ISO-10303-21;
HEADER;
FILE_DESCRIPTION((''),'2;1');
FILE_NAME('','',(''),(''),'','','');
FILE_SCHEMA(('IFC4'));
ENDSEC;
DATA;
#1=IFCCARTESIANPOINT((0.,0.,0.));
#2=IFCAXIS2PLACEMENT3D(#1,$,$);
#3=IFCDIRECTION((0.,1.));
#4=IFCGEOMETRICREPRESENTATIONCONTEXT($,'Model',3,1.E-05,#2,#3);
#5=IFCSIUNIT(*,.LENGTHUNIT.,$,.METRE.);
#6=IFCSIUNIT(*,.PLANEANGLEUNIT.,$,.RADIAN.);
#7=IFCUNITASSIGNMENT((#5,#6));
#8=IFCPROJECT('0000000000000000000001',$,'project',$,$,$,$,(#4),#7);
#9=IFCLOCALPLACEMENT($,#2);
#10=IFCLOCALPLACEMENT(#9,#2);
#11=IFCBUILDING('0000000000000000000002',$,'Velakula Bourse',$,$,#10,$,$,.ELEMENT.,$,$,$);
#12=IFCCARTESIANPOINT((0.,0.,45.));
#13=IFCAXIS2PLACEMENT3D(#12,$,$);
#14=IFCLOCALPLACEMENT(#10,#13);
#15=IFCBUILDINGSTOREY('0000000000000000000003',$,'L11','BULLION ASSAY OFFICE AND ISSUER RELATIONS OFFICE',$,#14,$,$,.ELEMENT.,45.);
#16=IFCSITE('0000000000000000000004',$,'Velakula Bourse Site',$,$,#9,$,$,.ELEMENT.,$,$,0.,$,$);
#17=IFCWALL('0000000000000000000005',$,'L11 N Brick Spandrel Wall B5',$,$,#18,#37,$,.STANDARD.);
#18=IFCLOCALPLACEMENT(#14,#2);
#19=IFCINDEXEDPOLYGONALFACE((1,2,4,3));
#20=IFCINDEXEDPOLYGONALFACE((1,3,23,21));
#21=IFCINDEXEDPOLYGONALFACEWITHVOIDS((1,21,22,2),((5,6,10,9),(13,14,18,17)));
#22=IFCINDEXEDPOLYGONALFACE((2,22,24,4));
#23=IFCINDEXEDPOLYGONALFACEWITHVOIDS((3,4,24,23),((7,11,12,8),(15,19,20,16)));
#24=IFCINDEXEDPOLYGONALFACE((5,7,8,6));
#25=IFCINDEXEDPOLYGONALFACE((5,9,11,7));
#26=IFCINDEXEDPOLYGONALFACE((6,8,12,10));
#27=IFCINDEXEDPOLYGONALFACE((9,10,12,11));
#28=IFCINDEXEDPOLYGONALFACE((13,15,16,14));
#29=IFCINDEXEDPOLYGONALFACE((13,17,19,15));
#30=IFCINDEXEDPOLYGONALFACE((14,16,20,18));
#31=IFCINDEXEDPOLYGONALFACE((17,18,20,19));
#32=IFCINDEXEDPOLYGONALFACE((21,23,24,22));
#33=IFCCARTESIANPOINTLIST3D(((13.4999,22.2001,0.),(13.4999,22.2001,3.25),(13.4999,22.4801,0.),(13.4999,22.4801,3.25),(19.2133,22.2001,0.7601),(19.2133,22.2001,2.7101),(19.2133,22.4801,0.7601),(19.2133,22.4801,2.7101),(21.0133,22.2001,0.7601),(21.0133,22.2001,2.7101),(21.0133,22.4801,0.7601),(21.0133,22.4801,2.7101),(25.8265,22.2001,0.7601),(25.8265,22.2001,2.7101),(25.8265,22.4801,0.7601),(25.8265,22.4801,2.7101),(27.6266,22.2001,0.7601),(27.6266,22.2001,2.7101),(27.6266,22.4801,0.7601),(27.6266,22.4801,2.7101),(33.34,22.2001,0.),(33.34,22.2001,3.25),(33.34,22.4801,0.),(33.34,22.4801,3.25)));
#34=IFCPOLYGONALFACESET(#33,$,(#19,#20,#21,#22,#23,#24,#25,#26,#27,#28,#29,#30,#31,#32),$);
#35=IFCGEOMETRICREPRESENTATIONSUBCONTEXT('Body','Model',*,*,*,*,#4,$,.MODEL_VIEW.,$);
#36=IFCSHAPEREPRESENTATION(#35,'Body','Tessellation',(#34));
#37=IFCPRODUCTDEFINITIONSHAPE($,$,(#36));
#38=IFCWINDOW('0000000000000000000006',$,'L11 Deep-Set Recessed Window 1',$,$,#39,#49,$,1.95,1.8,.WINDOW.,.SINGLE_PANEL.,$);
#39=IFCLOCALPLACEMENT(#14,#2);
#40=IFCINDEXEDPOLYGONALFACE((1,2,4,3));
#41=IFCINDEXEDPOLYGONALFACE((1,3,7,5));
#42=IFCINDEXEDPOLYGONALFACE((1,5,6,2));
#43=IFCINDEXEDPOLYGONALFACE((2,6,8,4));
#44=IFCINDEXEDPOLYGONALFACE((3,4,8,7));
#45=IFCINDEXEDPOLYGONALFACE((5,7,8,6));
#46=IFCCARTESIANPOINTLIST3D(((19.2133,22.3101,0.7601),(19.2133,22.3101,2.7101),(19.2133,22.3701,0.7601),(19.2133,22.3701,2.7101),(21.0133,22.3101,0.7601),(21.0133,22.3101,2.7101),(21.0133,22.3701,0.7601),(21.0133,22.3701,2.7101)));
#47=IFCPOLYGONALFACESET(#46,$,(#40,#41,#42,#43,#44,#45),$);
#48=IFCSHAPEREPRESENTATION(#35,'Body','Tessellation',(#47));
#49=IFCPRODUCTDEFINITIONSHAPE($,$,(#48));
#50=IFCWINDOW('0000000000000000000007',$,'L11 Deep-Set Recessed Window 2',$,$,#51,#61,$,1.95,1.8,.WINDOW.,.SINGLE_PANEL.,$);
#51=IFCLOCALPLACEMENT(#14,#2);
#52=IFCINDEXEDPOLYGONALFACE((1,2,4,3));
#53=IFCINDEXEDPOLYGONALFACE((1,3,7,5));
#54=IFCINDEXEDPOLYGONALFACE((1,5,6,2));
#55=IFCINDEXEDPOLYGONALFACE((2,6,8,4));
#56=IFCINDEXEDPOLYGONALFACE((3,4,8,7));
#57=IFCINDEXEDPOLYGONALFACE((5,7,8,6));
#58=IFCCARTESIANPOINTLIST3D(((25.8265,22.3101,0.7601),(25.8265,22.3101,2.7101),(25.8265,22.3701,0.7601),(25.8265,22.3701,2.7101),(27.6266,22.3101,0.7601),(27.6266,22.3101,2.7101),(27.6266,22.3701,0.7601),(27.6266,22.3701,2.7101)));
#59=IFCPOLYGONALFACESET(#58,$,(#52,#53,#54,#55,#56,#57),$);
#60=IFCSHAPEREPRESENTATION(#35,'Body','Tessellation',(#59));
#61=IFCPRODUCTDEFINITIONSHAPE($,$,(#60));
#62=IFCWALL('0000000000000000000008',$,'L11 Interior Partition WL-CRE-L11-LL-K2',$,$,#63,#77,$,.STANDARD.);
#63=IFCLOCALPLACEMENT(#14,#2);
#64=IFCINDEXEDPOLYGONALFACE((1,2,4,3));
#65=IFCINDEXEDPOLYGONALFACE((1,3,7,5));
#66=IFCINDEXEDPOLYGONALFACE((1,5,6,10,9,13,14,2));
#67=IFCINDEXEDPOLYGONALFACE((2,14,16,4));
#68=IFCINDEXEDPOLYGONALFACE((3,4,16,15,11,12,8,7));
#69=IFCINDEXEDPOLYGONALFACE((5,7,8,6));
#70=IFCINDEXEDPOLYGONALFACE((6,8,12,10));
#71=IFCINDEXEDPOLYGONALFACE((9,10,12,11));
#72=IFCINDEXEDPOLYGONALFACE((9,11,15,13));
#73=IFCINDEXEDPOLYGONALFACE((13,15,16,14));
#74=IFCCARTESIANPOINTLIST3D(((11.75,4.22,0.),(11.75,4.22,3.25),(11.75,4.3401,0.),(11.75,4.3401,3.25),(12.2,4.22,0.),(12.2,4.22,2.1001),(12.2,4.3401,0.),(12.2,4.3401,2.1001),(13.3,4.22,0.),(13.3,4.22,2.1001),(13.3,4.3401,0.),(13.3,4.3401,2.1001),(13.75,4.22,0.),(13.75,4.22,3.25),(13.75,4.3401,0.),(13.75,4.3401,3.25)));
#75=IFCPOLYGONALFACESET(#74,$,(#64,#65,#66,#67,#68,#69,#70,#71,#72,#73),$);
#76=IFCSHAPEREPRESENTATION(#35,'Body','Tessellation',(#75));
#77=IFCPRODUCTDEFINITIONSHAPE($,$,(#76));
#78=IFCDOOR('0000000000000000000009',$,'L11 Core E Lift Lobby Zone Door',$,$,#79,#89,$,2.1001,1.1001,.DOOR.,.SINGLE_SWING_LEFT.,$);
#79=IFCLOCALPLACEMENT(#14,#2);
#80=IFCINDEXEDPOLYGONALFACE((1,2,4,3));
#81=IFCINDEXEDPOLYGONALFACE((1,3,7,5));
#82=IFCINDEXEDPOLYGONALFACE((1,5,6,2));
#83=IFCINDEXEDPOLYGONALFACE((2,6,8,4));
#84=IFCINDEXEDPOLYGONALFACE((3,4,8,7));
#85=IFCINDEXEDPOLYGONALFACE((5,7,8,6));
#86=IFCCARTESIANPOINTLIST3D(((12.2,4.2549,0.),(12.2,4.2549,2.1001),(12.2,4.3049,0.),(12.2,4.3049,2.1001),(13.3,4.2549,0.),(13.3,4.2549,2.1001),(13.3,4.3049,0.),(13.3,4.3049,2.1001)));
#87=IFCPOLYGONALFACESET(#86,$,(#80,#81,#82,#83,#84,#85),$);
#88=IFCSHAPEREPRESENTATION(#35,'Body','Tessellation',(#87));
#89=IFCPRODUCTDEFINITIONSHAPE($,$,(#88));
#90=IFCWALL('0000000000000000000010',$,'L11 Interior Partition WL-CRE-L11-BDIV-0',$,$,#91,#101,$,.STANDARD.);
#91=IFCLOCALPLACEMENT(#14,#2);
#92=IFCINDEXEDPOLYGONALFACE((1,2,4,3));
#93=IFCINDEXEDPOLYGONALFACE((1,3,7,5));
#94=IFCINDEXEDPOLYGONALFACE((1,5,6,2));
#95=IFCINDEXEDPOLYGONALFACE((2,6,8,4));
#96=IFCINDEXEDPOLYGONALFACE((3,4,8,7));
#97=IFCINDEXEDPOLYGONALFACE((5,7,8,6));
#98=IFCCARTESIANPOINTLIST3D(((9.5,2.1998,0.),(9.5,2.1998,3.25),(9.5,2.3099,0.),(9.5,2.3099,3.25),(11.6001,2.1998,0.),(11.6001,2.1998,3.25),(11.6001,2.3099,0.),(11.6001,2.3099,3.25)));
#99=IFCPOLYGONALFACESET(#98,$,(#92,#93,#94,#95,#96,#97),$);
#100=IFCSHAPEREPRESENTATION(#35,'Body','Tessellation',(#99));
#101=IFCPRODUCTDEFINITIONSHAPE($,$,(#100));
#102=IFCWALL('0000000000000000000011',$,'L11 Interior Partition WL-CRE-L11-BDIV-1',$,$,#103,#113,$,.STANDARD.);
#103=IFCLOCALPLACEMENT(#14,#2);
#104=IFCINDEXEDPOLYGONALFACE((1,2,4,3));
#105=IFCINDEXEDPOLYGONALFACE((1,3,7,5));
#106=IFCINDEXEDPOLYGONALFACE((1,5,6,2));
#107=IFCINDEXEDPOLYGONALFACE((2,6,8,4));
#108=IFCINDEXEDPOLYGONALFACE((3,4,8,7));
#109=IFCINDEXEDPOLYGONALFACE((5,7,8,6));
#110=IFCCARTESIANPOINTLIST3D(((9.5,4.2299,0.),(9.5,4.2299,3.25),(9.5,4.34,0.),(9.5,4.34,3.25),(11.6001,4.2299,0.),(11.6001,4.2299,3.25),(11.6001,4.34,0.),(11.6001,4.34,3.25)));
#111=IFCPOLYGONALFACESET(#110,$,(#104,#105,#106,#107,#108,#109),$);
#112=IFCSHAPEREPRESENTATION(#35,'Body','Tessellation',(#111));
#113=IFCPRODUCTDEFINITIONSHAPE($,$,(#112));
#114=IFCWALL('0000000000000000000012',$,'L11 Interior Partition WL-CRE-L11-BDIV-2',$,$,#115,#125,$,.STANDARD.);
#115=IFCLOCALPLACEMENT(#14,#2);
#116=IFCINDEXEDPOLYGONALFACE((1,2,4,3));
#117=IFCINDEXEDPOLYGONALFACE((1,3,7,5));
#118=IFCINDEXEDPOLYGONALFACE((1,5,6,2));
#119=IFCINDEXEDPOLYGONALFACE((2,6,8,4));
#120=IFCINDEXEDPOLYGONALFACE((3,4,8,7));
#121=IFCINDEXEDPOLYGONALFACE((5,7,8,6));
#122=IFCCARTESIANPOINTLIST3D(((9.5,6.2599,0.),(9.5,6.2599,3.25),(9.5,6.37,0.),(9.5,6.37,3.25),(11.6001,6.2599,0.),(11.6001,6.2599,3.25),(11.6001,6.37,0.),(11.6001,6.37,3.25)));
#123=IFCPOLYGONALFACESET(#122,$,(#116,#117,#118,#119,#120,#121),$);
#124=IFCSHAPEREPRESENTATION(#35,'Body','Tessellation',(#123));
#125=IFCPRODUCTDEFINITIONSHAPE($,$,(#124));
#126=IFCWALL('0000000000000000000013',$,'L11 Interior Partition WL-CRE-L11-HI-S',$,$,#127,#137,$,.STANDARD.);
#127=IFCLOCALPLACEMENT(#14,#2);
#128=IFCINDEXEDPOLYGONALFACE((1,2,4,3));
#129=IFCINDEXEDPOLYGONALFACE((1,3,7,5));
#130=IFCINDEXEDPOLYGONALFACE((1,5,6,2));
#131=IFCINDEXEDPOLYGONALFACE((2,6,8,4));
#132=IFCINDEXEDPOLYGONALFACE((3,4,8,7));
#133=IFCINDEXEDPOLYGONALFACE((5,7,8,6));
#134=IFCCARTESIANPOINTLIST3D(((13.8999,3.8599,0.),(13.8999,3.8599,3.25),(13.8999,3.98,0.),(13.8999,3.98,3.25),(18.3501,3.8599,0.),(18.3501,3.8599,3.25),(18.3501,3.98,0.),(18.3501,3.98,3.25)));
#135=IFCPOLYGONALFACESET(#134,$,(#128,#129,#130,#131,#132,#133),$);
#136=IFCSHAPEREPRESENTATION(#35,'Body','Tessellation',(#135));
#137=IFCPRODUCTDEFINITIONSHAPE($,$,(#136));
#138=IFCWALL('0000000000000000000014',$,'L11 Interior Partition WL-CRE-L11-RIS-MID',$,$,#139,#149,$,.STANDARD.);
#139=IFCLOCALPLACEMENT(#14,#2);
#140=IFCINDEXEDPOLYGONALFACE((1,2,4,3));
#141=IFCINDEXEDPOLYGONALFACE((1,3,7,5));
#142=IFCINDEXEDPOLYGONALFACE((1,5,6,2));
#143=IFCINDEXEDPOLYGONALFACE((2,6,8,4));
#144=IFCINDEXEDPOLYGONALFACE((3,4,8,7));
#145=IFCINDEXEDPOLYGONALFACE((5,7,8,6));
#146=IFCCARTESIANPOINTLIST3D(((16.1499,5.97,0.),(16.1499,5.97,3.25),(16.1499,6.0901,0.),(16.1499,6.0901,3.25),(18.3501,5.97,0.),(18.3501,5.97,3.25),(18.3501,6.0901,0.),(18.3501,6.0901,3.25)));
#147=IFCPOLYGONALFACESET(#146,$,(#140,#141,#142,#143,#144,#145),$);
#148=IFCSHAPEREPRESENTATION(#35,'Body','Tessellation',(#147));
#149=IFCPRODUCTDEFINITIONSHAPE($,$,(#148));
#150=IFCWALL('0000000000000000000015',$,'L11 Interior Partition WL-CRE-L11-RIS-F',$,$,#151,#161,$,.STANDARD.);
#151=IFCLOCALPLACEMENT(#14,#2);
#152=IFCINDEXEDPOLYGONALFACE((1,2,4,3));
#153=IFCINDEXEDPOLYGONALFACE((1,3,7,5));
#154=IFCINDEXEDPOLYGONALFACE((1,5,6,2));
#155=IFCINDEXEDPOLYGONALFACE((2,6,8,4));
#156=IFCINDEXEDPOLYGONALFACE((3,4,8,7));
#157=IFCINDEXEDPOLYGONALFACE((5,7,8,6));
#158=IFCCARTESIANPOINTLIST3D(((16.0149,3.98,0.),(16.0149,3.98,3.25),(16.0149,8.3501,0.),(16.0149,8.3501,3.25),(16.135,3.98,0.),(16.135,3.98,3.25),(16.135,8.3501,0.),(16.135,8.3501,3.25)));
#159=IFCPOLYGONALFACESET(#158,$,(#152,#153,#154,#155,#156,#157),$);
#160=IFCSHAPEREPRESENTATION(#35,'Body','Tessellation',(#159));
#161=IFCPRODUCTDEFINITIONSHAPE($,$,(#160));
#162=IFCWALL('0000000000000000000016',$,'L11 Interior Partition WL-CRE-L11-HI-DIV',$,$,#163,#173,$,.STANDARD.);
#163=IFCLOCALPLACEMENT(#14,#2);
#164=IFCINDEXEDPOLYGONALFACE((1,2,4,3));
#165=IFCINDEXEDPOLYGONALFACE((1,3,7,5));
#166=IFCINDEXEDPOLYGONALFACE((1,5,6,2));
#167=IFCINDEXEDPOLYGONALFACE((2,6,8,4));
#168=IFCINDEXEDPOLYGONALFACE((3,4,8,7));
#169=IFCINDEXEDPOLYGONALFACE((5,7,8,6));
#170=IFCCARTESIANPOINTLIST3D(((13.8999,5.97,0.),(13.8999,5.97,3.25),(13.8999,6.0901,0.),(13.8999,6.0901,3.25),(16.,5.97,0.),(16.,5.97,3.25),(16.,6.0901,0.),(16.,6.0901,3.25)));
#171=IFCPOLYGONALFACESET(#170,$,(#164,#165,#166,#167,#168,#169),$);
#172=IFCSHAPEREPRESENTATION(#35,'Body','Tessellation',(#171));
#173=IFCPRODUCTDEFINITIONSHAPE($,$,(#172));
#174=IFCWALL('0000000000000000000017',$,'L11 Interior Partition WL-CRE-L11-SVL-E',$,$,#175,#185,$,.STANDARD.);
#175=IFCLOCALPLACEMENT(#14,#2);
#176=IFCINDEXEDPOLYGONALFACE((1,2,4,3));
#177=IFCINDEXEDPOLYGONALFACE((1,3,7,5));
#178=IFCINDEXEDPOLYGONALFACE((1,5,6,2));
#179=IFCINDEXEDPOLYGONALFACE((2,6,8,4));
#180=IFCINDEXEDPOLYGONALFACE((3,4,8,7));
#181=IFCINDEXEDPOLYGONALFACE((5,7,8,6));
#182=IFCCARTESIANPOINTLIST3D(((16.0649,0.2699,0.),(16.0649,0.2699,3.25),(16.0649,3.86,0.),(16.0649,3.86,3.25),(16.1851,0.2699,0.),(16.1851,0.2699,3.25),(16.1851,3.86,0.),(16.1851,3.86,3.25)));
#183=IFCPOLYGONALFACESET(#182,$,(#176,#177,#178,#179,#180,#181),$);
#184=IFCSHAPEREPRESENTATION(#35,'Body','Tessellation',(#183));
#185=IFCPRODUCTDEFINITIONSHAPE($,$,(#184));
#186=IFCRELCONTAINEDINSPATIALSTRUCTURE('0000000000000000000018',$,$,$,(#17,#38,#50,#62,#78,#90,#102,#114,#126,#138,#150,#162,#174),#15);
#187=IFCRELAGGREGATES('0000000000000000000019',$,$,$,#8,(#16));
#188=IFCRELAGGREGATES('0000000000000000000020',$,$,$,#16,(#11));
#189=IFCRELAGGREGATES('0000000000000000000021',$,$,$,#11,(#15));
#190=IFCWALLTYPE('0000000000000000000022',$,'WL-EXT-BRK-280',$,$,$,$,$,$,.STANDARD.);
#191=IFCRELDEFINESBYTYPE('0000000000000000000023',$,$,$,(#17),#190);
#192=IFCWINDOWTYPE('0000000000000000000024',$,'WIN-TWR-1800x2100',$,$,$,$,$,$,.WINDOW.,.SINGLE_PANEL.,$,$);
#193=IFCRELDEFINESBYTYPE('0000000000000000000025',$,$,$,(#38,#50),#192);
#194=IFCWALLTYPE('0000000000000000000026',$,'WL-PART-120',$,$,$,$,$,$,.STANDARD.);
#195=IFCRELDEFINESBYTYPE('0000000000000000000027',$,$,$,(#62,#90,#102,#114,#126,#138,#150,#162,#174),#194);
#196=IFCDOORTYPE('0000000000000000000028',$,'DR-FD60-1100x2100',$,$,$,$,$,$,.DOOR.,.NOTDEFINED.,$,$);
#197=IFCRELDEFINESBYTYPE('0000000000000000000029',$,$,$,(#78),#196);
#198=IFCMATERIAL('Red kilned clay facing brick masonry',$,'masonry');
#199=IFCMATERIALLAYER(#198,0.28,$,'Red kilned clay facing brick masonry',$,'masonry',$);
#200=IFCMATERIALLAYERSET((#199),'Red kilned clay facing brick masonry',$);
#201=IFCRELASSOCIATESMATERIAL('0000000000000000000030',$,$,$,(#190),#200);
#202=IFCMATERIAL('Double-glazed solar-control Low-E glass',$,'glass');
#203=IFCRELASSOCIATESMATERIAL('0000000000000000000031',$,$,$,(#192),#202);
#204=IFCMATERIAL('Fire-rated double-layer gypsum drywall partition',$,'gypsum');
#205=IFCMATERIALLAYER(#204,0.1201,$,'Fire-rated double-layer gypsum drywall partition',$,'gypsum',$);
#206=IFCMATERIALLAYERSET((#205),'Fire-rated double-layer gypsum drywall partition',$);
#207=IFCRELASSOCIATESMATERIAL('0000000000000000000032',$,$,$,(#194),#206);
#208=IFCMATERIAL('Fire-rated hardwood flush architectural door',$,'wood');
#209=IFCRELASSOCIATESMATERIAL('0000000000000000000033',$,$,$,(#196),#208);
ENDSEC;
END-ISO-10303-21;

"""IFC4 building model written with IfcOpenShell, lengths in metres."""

from ifc_helpers import new_model, si_unit, direction, frame, frame_2d, origin, place, context, subcontext, project, spatial, rectangle, extrude, material, layer, layer_set, type_object, element, fill, save


model = new_model("IFC4")

# Units and contexts
model_context = context("Model", 3, precision=1e-05, world=origin(), true_north=direction((0.0, 1.0)))
body_context = subcontext(model_context, "Body", "Model", "MODEL_VIEW")
ifc_project = project(units=[si_unit("LENGTHUNIT", "METRE"), si_unit("PLANEANGLEUNIT", "RADIAN")], contexts=[model_context])

# Site, building, storey
site_placement = place(None, origin())
site = spatial("IfcSite", under=ifc_project, at=site_placement, Name="Velakula Bourse Site", CompositionType="ELEMENT", RefElevation=0.0)
building_placement = place(site_placement, origin())
building = spatial("IfcBuilding", under=site, at=building_placement, Name="Velakula Bourse", CompositionType="ELEMENT")
storey_placement = place(building_placement, frame((0.0, 0.0, 45.0)))
storey = spatial("IfcBuildingStorey", under=building, at=storey_placement, Name="L11", Description="BULLION ASSAY OFFICE AND ISSUER RELATIONS OFFICE", CompositionType="ELEMENT", Elevation=45.0)

# Wall, openings, windows
ifc_material_1 = material(Name="Red kilned clay facing brick masonry", Category="masonry")
ifc_layer_1 = layer(ifc_material_1, 0.28, Name="Red kilned clay facing brick masonry", Category="masonry")
ifc_layer_set_1 = layer_set([ifc_layer_1], Name="Red kilned clay facing brick masonry")
wall_type_1 = type_object("IfcWallType", Name="WL-EXT-BRK-280", PredefinedType="STANDARD", material=ifc_layer_set_1)
wall_1_placement = place(storey_placement, frame((13.5, 22.3401, 0.0), z_axis=(0.0, 0.0, 1.0), x_axis=(1.0, 0.0, 0.0)))
wall_1 = element("IfcWall", 1, at=wall_1_placement, inside=storey, type_object=wall_type_1, Name="L11 N Brick Spandrel Wall B5", PredefinedType="STANDARD", context=body_context, shape_type="SweptSolid", body=[
    extrude(rectangle(XDim=19.8401, YDim=0.28, at=frame_2d((9.9199, 0.0))), origin(), (0.0, 0.0, 1.0), 3.25),
])
opening_1_placement = place(wall_1_placement, frame((5.7134, 0.0, 0.76)))
opening_1 = element("IfcOpeningElement", 2, at=opening_1_placement, cuts=wall_1, PredefinedType="OPENING", context=body_context, shape_type="SweptSolid", body=[
    extrude(rectangle(XDim=1.8, YDim=1.95, at=frame_2d((0.8999, 0.9751))), frame((0.0, 0.1499, 0.0), z_axis=(0.0, -1.0, 0.0), x_axis=(1.0, 0.0, 0.0)), (0.0, 0.0, 1.0), 0.3),
])
opening_2_placement = place(wall_1_placement, frame((12.3267, 0.0, 0.76)))
opening_2 = element("IfcOpeningElement", 3, at=opening_2_placement, cuts=wall_1, PredefinedType="OPENING", context=body_context, shape_type="SweptSolid", body=[
    extrude(rectangle(XDim=1.8, YDim=1.95, at=frame_2d((0.8999, 0.9751))), frame((0.0, 0.1499, 0.0), z_axis=(0.0, -1.0, 0.0), x_axis=(1.0, 0.0, 0.0)), (0.0, 0.0, 1.0), 0.3),
])
ifc_material_2 = material(Name="Double-glazed solar-control Low-E glass", Category="glass")
window_type = type_object("IfcWindowType", Name="WIN-TWR-1800x2100", PartitioningType="SINGLE_PANEL", PredefinedType="WINDOW", material=ifc_material_2)
window_1_placement = place(opening_1_placement, origin())
window_1 = element("IfcWindow", 4, at=window_1_placement, inside=storey, type_object=window_type, Name="L11 Deep-Set Recessed Window 1", OverallHeight=1.95, OverallWidth=1.8, PartitioningType="SINGLE_PANEL", PredefinedType="WINDOW", context=body_context, shape_type="SweptSolid", body=[
    extrude(rectangle(XDim=1.8, YDim=1.95, at=frame_2d((0.8999, 0.9751))), frame((0.0, 0.03, 0.0), z_axis=(0.0, -1.0, 0.0), x_axis=(1.0, 0.0, 0.0)), (0.0, 0.0, 1.0), 0.0601),
])
fill(opening_1, window_1)
window_2_placement = place(opening_2_placement, origin())
window_2 = element("IfcWindow", 5, at=window_2_placement, inside=storey, type_object=window_type, Name="L11 Deep-Set Recessed Window 2", OverallHeight=1.95, OverallWidth=1.8, PartitioningType="SINGLE_PANEL", PredefinedType="WINDOW", context=body_context, shape_type="SweptSolid", body=[
    extrude(rectangle(XDim=1.8, YDim=1.95, at=frame_2d((0.8999, 0.9751))), frame((0.0, 0.03, 0.0), z_axis=(0.0, -1.0, 0.0), x_axis=(1.0, 0.0, 0.0)), (0.0, 0.0, 1.0), 0.0601),
])
fill(opening_2, window_2)

# Wall, opening, door
ifc_material_3 = material(Name="Fire-rated double-layer gypsum drywall partition", Category="gypsum")
ifc_layer_2 = layer(ifc_material_3, 0.1201, Name="Fire-rated double-layer gypsum drywall partition", Category="gypsum")
ifc_layer_set_2 = layer_set([ifc_layer_2], Name="Fire-rated double-layer gypsum drywall partition")
wall_type_2 = type_object("IfcWallType", Name="WL-PART-120", PredefinedType="STANDARD", material=ifc_layer_set_2)
wall_2_placement = place(storey_placement, frame((11.75, 4.28, 0.0), z_axis=(0.0, 0.0, 1.0), x_axis=(1.0, 0.0, 0.0)))
wall_2 = element("IfcWall", 6, at=wall_2_placement, inside=storey, type_object=wall_type_2, Name="L11 Interior Partition WL-CRE-L11-LL-K2", PredefinedType="STANDARD", context=body_context, shape_type="SweptSolid", body=[
    extrude(rectangle(XDim=2.0, YDim=0.1201, at=frame_2d((1.0, 0.0))), origin(), (0.0, 0.0, 1.0), 3.25),
])
opening_3_placement = place(wall_2_placement, frame((0.45, 0.0, 0.0)))
opening_3 = element("IfcOpeningElement", 7, at=opening_3_placement, cuts=wall_2, PredefinedType="OPENING", context=body_context, shape_type="SweptSolid", body=[
    extrude(rectangle(XDim=1.1001, YDim=2.1001, at=frame_2d((0.55, 1.05))), frame((0.0, 0.0701, 0.0), z_axis=(0.0, -1.0, 0.0), x_axis=(1.0, 0.0, 0.0)), (0.0, 0.0, 1.0), 0.1401),
])
ifc_material_4 = material(Name="Fire-rated hardwood flush architectural door", Category="wood")
door_type_1 = type_object("IfcDoorType", Name="DR-FD60-1100x2100", OperationType="NOTDEFINED", PredefinedType="DOOR", material=ifc_material_4)
door_1_placement = place(opening_3_placement, origin())
door_1 = element("IfcDoor", 8, at=door_1_placement, inside=storey, type_object=door_type_1, Name="L11 Core E Lift Lobby Zone Door", OperationType="SINGLE_SWING_LEFT", OverallHeight=2.1001, OverallWidth=1.1001, PredefinedType="DOOR", context=body_context, shape_type="SweptSolid", body=[
    extrude(rectangle(XDim=1.1001, YDim=2.1001, at=frame_2d((0.55, 1.05))), frame((0.0, 0.0249, 0.0), z_axis=(0.0, -1.0, 0.0), x_axis=(1.0, 0.0, 0.0)), (0.0, 0.0, 1.0), 0.05),
])
fill(opening_3, door_1)

# Walls
for number, where, z_axis, x_axis, name in (
    (9, (9.5, 2.2549, 0.0), (0.0, 0.0, 1.0), (1.0, 0.0, 0.0), "L11 Interior Partition WL-CRE-L11-BDIV-0"),
    (10, (9.5, 4.2849, 0.0), (0.0, 0.0, 1.0), (1.0, 0.0, 0.0), "L11 Interior Partition WL-CRE-L11-BDIV-1"),
    (11, (9.5, 6.3149, 0.0), (0.0, 0.0, 1.0), (1.0, 0.0, 0.0), "L11 Interior Partition WL-CRE-L11-BDIV-2"),
):
    element("IfcWall", number, at=place(storey_placement, frame(where, z_axis=z_axis, x_axis=x_axis)), inside=storey, type_object=wall_type_2, Name=name, PredefinedType="STANDARD", context=body_context, shape_type="SweptSolid", body=[
        extrude(rectangle(XDim=2.1001, YDim=0.1101, at=frame_2d((1.05, 0.0))), origin(), (0.0, 0.0, 1.0), 3.25),
    ])
wall_3_placement = place(storey_placement, frame((13.8999, 3.9199, 0.0), z_axis=(0.0, 0.0, 1.0), x_axis=(1.0, 0.0, 0.0)))
element("IfcWall", 12, at=wall_3_placement, inside=storey, type_object=wall_type_2, Name="L11 Interior Partition WL-CRE-L11-HI-S", PredefinedType="STANDARD", context=body_context, shape_type="SweptSolid", body=[
    extrude(rectangle(XDim=4.4502, YDim=0.1201, at=frame_2d((2.2251, 0.0))), origin(), (0.0, 0.0, 1.0), 3.25),
])
wall_4_placement = place(storey_placement, frame((16.1499, 6.03, 0.0), z_axis=(0.0, 0.0, 1.0), x_axis=(1.0, 0.0, 0.0)))
element("IfcWall", 13, at=wall_4_placement, inside=storey, type_object=wall_type_2, Name="L11 Interior Partition WL-CRE-L11-RIS-MID", PredefinedType="STANDARD", context=body_context, shape_type="SweptSolid", body=[
    extrude(rectangle(XDim=2.2002, YDim=0.1201, at=frame_2d((1.1001, 0.0))), origin(), (0.0, 0.0, 1.0), 3.25),
])
wall_5_placement = place(storey_placement, frame((16.075, 3.98, 0.0), z_axis=(0.0, 0.0, 1.0), x_axis=(0.0, 1.0, 0.0)))
element("IfcWall", 14, at=wall_5_placement, inside=storey, type_object=wall_type_2, Name="L11 Interior Partition WL-CRE-L11-RIS-F", PredefinedType="STANDARD", context=body_context, shape_type="SweptSolid", body=[
    extrude(rectangle(XDim=4.3701, YDim=0.1201, at=frame_2d((2.1851, 0.0))), origin(), (0.0, 0.0, 1.0), 3.25),
])
wall_6_placement = place(storey_placement, frame((13.8999, 6.03, 0.0), z_axis=(0.0, 0.0, 1.0), x_axis=(1.0, 0.0, 0.0)))
element("IfcWall", 15, at=wall_6_placement, inside=storey, type_object=wall_type_2, Name="L11 Interior Partition WL-CRE-L11-HI-DIV", PredefinedType="STANDARD", context=body_context, shape_type="SweptSolid", body=[
    extrude(rectangle(XDim=2.1001, YDim=0.1201, at=frame_2d((1.05, 0.0))), origin(), (0.0, 0.0, 1.0), 3.25),
])
wall_7_placement = place(storey_placement, frame((16.125, 0.27, 0.0), z_axis=(0.0, 0.0, 1.0), x_axis=(0.0, 1.0, 0.0)))
element("IfcWall", 16, at=wall_7_placement, inside=storey, type_object=wall_type_2, Name="L11 Interior Partition WL-CRE-L11-SVL-E", PredefinedType="STANDARD", context=body_context, shape_type="SweptSolid", body=[
    extrude(rectangle(XDim=3.5901, YDim=0.1201, at=frame_2d((1.7949, 0.0))), origin(), (0.0, 0.0, 1.0), 3.25),
])

save(model, "model.ifc")
